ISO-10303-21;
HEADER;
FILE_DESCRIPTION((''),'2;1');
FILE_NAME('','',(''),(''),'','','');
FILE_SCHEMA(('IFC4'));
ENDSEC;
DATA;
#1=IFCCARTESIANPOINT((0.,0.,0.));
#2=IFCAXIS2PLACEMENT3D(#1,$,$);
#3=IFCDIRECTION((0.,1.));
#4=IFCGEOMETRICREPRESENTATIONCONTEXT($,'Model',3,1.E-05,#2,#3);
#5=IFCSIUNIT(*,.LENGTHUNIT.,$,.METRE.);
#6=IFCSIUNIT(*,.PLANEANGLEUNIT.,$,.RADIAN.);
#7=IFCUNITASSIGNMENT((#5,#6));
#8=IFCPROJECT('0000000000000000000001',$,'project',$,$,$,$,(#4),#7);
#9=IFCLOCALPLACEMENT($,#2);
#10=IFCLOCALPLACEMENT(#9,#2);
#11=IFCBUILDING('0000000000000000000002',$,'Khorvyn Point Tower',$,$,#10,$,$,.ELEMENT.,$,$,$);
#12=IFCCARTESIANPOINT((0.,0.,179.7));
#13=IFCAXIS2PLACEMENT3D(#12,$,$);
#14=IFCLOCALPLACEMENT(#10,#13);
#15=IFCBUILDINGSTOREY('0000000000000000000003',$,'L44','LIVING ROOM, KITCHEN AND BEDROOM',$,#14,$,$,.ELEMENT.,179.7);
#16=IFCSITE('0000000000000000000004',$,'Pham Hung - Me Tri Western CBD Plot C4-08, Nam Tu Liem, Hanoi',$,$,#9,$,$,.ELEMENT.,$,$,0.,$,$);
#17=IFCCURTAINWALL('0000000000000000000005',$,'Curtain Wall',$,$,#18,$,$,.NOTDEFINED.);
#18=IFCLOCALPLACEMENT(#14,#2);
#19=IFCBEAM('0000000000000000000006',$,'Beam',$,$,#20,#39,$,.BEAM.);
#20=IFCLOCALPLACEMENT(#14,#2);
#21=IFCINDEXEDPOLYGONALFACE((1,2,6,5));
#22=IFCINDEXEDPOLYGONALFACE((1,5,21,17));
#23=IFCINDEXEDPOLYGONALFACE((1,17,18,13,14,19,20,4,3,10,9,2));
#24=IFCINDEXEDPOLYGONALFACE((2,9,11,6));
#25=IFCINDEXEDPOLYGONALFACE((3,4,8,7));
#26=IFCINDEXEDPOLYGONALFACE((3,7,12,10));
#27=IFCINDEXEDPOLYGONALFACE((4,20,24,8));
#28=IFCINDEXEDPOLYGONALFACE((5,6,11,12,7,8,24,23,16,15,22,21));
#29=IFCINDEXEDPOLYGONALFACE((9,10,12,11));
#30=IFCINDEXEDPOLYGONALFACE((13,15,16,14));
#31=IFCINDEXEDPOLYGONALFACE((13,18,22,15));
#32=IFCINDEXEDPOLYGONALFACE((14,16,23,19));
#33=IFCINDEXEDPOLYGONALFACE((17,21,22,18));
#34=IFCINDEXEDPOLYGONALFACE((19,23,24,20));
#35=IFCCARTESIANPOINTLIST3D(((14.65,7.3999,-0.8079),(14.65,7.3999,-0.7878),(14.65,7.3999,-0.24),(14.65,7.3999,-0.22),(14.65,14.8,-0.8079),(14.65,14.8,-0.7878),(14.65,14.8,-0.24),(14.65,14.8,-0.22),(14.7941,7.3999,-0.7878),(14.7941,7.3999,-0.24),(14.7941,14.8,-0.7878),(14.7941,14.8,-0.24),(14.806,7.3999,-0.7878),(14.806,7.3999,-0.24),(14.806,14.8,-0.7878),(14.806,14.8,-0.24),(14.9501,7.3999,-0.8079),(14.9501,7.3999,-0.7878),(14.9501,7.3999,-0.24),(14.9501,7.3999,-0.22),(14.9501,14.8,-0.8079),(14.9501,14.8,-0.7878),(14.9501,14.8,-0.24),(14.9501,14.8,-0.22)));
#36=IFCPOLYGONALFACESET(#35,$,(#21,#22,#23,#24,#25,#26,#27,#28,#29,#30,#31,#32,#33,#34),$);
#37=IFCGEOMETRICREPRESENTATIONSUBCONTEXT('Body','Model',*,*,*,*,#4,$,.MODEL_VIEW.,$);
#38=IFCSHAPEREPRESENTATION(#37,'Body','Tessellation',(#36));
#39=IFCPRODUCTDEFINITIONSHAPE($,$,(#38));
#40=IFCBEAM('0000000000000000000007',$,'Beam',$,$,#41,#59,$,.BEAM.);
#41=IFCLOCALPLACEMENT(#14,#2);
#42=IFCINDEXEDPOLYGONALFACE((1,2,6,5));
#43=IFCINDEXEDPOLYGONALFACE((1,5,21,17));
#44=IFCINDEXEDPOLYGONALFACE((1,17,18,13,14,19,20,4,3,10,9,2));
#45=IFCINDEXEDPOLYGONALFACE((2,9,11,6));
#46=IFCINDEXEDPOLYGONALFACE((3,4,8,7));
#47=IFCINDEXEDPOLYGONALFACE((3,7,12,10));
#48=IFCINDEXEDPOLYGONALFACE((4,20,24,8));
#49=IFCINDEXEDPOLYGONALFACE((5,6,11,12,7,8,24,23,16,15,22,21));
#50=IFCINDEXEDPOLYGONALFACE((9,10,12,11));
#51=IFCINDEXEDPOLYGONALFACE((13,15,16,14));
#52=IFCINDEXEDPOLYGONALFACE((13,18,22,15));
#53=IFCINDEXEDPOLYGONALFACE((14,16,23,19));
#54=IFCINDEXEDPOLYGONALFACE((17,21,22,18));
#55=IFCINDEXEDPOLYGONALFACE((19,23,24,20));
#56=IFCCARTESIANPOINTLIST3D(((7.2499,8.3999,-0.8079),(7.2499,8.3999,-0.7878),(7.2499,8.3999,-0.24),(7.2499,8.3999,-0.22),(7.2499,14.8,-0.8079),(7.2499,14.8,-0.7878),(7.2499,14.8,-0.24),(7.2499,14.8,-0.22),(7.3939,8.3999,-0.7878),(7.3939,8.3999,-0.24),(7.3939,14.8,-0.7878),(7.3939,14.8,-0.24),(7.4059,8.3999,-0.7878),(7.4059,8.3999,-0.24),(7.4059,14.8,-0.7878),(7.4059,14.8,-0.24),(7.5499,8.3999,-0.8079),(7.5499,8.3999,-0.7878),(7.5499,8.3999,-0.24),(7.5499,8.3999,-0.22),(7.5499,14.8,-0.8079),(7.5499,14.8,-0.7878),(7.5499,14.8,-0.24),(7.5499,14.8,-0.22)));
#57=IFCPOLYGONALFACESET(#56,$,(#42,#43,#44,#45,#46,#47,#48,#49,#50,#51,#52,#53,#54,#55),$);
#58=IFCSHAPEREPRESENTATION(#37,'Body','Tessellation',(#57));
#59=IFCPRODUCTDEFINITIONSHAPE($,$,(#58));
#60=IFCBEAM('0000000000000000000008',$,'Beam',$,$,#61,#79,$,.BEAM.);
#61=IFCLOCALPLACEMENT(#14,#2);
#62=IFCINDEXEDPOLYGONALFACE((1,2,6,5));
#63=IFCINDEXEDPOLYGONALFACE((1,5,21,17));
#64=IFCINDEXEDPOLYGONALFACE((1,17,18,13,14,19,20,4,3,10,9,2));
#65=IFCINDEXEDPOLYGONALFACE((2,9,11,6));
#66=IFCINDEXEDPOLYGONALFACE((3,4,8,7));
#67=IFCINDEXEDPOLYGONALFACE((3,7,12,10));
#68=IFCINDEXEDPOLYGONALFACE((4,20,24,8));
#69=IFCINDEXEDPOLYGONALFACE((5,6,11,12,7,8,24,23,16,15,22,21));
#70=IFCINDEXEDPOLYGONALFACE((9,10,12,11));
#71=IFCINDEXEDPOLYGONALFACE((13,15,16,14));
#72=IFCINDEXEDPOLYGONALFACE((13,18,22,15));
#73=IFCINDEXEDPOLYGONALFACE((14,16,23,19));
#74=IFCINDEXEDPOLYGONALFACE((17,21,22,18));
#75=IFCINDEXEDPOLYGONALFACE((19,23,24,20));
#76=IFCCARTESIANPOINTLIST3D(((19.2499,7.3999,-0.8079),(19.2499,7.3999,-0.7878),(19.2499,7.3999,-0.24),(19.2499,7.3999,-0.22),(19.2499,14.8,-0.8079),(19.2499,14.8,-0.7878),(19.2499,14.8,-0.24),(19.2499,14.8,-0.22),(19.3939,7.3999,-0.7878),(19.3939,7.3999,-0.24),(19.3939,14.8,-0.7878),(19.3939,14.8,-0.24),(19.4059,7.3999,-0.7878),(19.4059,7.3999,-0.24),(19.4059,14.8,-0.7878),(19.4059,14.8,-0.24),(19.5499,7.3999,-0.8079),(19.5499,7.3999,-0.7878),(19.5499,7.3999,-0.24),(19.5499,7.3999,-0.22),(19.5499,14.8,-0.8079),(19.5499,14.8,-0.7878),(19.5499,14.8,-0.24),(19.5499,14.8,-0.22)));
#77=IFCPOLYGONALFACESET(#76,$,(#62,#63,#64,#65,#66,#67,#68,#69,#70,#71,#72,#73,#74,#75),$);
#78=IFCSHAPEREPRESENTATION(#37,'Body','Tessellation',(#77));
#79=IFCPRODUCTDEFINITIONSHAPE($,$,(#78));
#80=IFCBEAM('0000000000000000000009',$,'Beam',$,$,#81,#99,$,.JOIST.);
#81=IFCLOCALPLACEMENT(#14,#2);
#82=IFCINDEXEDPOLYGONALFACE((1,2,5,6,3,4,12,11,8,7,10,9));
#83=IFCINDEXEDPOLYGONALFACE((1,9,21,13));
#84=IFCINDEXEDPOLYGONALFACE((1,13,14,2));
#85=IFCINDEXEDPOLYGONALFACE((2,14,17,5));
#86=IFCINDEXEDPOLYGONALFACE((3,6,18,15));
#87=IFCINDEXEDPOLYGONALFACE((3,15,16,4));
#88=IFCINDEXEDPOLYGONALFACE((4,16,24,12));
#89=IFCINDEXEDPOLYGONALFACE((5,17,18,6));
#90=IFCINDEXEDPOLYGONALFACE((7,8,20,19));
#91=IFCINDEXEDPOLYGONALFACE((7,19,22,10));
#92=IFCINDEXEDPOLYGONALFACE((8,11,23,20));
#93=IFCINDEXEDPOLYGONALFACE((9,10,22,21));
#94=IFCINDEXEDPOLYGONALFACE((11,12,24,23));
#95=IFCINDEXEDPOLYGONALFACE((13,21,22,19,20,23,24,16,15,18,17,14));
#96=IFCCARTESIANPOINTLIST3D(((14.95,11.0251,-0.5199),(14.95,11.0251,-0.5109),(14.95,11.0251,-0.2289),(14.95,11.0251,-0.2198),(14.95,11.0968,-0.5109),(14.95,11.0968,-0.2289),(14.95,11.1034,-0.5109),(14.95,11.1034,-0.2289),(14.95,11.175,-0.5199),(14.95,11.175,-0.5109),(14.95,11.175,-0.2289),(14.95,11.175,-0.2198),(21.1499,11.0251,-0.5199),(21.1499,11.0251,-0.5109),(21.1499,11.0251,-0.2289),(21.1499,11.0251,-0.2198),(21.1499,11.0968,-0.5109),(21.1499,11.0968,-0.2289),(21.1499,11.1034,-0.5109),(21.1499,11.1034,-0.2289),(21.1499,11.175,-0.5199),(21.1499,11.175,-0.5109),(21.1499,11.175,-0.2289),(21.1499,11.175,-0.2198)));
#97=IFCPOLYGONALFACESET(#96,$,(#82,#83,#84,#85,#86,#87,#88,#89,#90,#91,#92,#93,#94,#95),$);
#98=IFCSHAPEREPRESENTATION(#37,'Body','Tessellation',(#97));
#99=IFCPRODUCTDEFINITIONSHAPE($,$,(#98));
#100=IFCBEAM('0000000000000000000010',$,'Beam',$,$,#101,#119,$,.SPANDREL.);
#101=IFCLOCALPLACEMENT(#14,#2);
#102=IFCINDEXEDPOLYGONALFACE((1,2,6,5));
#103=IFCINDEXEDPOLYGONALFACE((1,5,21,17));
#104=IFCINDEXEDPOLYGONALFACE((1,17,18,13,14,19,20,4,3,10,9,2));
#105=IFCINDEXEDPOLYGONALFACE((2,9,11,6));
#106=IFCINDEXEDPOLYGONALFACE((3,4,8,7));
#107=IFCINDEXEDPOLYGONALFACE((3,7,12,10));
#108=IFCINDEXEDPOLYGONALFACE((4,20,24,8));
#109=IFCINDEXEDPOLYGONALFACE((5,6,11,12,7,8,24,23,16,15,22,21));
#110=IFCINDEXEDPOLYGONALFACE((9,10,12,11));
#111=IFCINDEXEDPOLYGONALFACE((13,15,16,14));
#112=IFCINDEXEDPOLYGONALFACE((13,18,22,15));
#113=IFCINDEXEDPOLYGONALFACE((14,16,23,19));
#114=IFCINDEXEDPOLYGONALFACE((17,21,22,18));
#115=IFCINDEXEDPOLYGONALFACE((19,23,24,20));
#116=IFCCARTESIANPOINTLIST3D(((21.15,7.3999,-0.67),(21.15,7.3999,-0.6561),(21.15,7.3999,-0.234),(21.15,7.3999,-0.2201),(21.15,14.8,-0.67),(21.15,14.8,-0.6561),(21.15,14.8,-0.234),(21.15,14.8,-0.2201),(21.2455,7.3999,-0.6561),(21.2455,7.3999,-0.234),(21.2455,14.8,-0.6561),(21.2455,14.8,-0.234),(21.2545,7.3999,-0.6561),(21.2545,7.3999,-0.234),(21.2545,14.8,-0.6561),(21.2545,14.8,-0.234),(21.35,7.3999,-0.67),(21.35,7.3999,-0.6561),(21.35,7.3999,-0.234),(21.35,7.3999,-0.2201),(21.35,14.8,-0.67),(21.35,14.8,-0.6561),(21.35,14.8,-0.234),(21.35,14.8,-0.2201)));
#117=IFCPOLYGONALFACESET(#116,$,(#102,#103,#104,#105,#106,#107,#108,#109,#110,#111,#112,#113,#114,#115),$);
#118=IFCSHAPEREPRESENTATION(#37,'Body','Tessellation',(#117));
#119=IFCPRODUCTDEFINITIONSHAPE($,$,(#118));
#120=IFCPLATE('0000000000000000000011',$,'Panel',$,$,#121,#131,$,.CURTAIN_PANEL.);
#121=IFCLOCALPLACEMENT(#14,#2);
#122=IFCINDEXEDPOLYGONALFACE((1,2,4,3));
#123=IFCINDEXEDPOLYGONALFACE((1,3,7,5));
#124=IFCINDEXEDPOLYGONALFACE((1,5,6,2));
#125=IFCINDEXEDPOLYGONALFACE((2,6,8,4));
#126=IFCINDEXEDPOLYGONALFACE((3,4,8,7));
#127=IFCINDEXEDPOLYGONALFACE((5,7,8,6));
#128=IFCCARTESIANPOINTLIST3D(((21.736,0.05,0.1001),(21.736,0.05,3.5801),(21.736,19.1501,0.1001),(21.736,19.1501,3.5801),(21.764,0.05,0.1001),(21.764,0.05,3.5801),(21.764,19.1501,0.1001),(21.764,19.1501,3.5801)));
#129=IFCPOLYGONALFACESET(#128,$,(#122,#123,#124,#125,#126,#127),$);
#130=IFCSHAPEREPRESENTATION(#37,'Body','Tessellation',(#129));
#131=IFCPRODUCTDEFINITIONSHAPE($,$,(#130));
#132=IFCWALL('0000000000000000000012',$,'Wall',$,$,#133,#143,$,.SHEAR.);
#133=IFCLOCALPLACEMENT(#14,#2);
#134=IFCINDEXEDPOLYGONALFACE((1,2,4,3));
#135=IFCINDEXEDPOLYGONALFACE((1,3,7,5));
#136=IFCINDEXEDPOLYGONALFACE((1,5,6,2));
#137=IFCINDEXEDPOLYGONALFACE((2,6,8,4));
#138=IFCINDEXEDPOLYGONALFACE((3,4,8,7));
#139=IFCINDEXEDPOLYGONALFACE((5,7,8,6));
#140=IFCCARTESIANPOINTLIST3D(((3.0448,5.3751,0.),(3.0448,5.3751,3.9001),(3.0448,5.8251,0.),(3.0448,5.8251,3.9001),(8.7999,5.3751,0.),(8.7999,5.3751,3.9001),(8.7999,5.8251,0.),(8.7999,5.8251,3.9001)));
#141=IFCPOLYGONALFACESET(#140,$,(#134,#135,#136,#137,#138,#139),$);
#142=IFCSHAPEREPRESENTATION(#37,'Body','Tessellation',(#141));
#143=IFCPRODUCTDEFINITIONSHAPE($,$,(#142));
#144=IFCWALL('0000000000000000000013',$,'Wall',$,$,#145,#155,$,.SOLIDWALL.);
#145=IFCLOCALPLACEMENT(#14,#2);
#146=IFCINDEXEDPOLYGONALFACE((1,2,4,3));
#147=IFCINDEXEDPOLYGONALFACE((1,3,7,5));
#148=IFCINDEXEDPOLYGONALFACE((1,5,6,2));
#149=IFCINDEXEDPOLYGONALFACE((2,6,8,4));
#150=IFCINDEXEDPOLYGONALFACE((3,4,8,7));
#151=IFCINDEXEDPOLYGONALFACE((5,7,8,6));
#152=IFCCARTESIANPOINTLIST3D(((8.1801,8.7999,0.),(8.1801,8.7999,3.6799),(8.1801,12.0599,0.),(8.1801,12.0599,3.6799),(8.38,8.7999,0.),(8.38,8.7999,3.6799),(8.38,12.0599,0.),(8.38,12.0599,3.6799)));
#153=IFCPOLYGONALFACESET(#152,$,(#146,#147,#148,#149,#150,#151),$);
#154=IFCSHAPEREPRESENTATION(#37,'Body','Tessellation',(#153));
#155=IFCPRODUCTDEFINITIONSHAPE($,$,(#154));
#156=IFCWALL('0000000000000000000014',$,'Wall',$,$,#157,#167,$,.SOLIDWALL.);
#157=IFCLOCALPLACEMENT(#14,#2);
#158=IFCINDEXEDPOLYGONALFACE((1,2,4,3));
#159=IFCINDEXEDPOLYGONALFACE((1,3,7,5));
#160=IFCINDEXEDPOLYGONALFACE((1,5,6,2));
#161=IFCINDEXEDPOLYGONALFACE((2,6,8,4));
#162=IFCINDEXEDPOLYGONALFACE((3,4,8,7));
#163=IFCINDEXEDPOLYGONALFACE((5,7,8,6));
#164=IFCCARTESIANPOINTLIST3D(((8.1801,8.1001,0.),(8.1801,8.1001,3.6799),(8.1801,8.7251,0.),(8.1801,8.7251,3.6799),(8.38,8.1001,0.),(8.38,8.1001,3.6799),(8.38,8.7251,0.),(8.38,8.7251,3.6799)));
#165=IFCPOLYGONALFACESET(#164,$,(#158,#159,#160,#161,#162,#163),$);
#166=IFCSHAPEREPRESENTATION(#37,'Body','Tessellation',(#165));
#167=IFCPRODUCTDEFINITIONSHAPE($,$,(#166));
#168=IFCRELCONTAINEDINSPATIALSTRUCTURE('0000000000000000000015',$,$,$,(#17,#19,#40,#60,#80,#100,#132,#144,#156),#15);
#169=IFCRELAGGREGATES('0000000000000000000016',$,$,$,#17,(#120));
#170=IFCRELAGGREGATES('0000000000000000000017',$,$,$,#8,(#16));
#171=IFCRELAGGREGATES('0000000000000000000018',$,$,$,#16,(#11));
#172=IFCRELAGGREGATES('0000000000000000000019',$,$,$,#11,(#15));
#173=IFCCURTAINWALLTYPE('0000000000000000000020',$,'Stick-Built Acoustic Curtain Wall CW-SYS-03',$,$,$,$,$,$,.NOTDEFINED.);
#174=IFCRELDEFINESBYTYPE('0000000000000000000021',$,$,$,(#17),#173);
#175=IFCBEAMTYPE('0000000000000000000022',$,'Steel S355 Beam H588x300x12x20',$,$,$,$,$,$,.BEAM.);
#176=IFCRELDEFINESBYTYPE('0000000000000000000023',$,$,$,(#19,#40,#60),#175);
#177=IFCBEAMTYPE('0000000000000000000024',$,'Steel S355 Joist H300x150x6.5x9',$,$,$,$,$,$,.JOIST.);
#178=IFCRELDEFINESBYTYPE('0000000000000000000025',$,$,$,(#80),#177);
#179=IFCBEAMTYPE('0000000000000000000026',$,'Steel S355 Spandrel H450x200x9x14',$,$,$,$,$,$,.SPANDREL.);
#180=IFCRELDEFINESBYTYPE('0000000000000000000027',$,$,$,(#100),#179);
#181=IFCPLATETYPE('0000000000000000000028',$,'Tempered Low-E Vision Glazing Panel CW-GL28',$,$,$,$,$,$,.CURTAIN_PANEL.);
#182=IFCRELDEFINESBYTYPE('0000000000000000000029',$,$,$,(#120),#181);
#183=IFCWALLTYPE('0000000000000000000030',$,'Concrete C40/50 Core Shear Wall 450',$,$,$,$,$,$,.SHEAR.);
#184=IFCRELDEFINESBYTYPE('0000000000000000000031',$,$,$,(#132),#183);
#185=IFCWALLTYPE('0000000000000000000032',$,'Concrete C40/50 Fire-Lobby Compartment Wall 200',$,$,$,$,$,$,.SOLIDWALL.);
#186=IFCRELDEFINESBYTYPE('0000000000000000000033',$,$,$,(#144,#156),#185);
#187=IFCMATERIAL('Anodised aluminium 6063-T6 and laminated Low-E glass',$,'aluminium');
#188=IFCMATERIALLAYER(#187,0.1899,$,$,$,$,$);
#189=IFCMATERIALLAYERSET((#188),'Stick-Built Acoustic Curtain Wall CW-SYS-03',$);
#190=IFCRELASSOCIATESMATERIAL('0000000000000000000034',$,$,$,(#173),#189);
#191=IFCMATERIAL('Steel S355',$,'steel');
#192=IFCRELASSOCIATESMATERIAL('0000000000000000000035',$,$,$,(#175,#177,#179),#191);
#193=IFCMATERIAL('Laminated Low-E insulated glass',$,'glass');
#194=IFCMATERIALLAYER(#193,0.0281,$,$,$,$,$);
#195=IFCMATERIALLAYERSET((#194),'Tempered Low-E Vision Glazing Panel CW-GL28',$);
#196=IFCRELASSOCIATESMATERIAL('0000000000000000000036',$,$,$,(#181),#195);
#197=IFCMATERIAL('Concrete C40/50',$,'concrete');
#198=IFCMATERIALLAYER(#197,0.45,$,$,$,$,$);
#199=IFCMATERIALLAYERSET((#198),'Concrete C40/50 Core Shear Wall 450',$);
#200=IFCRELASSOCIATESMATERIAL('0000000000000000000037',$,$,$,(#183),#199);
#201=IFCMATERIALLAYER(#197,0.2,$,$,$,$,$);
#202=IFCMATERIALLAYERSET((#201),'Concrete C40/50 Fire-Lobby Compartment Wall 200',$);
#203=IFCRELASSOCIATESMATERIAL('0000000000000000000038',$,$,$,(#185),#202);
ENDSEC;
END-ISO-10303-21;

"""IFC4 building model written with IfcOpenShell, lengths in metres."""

from ifc_helpers import new_model, si_unit, direction, frame, frame_2d, origin, origin_2d, place, context, subcontext, project, spatial, rectangle, i_section, extrude, material, layer, layer_set, material_profile, profile_set, type_object, element, aggregate, save


model = new_model("IFC4")

# Units and contexts
model_context = context("Model", 3, precision=1e-05, world=origin(), true_north=direction((0.0, 1.0)))
body_context = subcontext(model_context, "Body", "Model", "MODEL_VIEW")
ifc_project = project(units=[si_unit("LENGTHUNIT", "METRE"), si_unit("PLANEANGLEUNIT", "RADIAN")], contexts=[model_context])

# Site, building, storey
site_placement = place(None, origin())
site = spatial("IfcSite", under=ifc_project, at=site_placement, Name="Pham Hung - Me Tri Western CBD Plot C4-08, Nam Tu Liem, Hanoi", CompositionType="ELEMENT", RefElevation=0.0)
building_placement = place(site_placement, origin())
building = spatial("IfcBuilding", under=site, at=building_placement, Name="Khorvyn Point Tower", CompositionType="ELEMENT")
storey_placement = place(building_placement, frame((0.0, 0.0, 179.7)))
storey = spatial("IfcBuildingStorey", under=building, at=storey_placement, Name="L44", Description="LIVING ROOM, KITCHEN AND BEDROOM", CompositionType="ELEMENT", Elevation=179.7)

# Curtain wall
ifc_material_1 = material(Name="Anodised aluminium 6063-T6 and laminated Low-E glass", Category="aluminium")
ifc_layer_1 = layer(ifc_material_1, 0.1899)
ifc_layer_set_1 = layer_set([ifc_layer_1], Name="Stick-Built Acoustic Curtain Wall CW-SYS-03")
curtain_wall_type = type_object("IfcCurtainWallType", Name="Stick-Built Acoustic Curtain Wall CW-SYS-03", PredefinedType="NOTDEFINED", material=ifc_layer_set_1)
curtain_wall_placement = place(storey_placement, origin())
curtain_wall = element("IfcCurtainWall", 1, at=curtain_wall_placement, inside=storey, type_object=curtain_wall_type, Name="Curtain Wall", PredefinedType="NOTDEFINED")

# Beams
ifc_material_2 = material(Name="Steel S355", Category="steel")
ifc_material_profile_1 = material_profile(ifc_material_2, i_section(OverallWidth=0.3, OverallDepth=0.5879, WebThickness=0.012, FlangeThickness=0.02, at=origin_2d()))
ifc_profile_set_1 = profile_set([ifc_material_profile_1], Name="Steel S355 H588x300x12x20")
beam_type_1 = type_object("IfcBeamType", Name="Steel S355 Beam H588x300x12x20", PredefinedType="BEAM", material=ifc_profile_set_1)
beam_1_placement = place(storey_placement, frame((14.8, 7.3999, -0.5139), z_axis=(0.0, 1.0, 0.0), x_axis=(-1.0, 0.0, 0.0)))
element("IfcBeam", 2, at=beam_1_placement, inside=storey, type_object=beam_type_1, Name="Beam", PredefinedType="BEAM", context=body_context, shape_type="SweptSolid", body=[
    extrude(i_section(OverallWidth=0.3, OverallDepth=0.5879, WebThickness=0.012, FlangeThickness=0.02, at=origin_2d()), origin(), (0.0, 0.0, 1.0), 7.4001),
])
beam_2_placement = place(storey_placement, frame((7.3999, 8.3999, -0.5139), z_axis=(0.0, 1.0, 0.0), x_axis=(-1.0, 0.0, 0.0)))
element("IfcBeam", 3, at=beam_2_placement, inside=storey, type_object=beam_type_1, Name="Beam", PredefinedType="BEAM", context=body_context, shape_type="SweptSolid", body=[
    extrude(i_section(OverallWidth=0.3, OverallDepth=0.5879, WebThickness=0.012, FlangeThickness=0.02, at=origin_2d()), origin(), (0.0, 0.0, 1.0), 6.4001),
])
beam_3_placement = place(storey_placement, frame((19.3999, 7.3999, -0.5139), z_axis=(0.0, 1.0, 0.0), x_axis=(-1.0, 0.0, 0.0)))
element("IfcBeam", 4, at=beam_3_placement, inside=storey, type_object=beam_type_1, Name="Beam", PredefinedType="BEAM", context=body_context, shape_type="SweptSolid", body=[
    extrude(i_section(OverallWidth=0.3, OverallDepth=0.5879, WebThickness=0.012, FlangeThickness=0.02, at=origin_2d()), origin(), (0.0, 0.0, 1.0), 7.4001),
])
ifc_material_profile_2 = material_profile(ifc_material_2, i_section(OverallWidth=0.1499, OverallDepth=0.3, WebThickness=0.0066, FlangeThickness=0.009, at=origin_2d()))
ifc_profile_set_2 = profile_set([ifc_material_profile_2], Name="Steel S355 H300x150x6.5x9")
beam_type_2 = type_object("IfcBeamType", Name="Steel S355 Joist H300x150x6.5x9", PredefinedType="JOIST", material=ifc_profile_set_2)
beam_4_placement = place(storey_placement, frame((14.95, 11.1001, -0.3699), z_axis=(1.0, 0.0, 0.0), x_axis=(0.0, 1.0, 0.0)))
element("IfcBeam", 5, at=beam_4_placement, inside=storey, type_object=beam_type_2, Name="Beam", PredefinedType="JOIST", context=body_context, shape_type="SweptSolid", body=[
    extrude(i_section(OverallWidth=0.1499, OverallDepth=0.3, WebThickness=0.0066, FlangeThickness=0.009, at=origin_2d()), origin(), (0.0, 0.0, 1.0), 6.2),
])
ifc_material_profile_3 = material_profile(ifc_material_2, i_section(OverallWidth=0.2, OverallDepth=0.45, WebThickness=0.009, FlangeThickness=0.0139, at=origin_2d()))
ifc_profile_set_3 = profile_set([ifc_material_profile_3], Name="Steel S355 H450x200x9x14")
beam_type_3 = type_object("IfcBeamType", Name="Steel S355 Spandrel H450x200x9x14", PredefinedType="SPANDREL", material=ifc_profile_set_3)
beam_5_placement = place(storey_placement, frame((21.25, 7.3999, -0.4451), z_axis=(0.0, 1.0, 0.0), x_axis=(-1.0, 0.0, 0.0)))
element("IfcBeam", 6, at=beam_5_placement, inside=storey, type_object=beam_type_3, Name="Beam", PredefinedType="SPANDREL", context=body_context, shape_type="SweptSolid", body=[
    extrude(i_section(OverallWidth=0.2, OverallDepth=0.45, WebThickness=0.009, FlangeThickness=0.0139, at=origin_2d()), origin(), (0.0, 0.0, 1.0), 7.4001),
])

# Plate
ifc_material_3 = material(Name="Laminated Low-E insulated glass", Category="glass")
ifc_layer_2 = layer(ifc_material_3, 0.0281)
ifc_layer_set_2 = layer_set([ifc_layer_2], Name="Tempered Low-E Vision Glazing Panel CW-GL28")
plate_type = type_object("IfcPlateType", Name="Tempered Low-E Vision Glazing Panel CW-GL28", PredefinedType="CURTAIN_PANEL", material=ifc_layer_set_2)
plate_placement = place(storey_placement, frame((21.75, 9.6001, 0.1001), z_axis=(0.0, 0.0, 1.0), x_axis=(0.0, -1.0, 0.0)))
plate = element("IfcPlate", 7, at=plate_placement, type_object=plate_type, Name="Panel", PredefinedType="CURTAIN_PANEL", context=body_context, shape_type="SweptSolid", body=[
    extrude(rectangle(XDim=19.1001, YDim=0.0281, at=origin_2d()), origin(), (0.0, 0.0, 1.0), 3.48),
])
aggregate(curtain_wall, [plate])

# Wall
ifc_material_4 = material(Name="Concrete C40/50", Category="concrete")
ifc_layer_3 = layer(ifc_material_4, 0.45)
ifc_layer_set_3 = layer_set([ifc_layer_3], Name="Concrete C40/50 Core Shear Wall 450")
wall_type_1 = type_object("IfcWallType", Name="Concrete C40/50 Core Shear Wall 450", PredefinedType="SHEAR", material=ifc_layer_set_3)
wall_1_placement = place(storey_placement, frame((3.0449, 5.6001, 0.0), z_axis=(0.0, 0.0, 1.0), x_axis=(1.0, 0.0, 0.0)))
element("IfcWall", 8, at=wall_1_placement, inside=storey, type_object=wall_type_1, Name="Wall", PredefinedType="SHEAR", context=body_context, shape_type="SweptSolid", body=[
    extrude(rectangle(XDim=5.7551, YDim=0.45, at=frame_2d((2.8774, 0.0))), origin(), (0.0, 0.0, 1.0), 3.9001),
])

# Shared definitions
ifc_layer_4 = layer(ifc_material_4, 0.2)
ifc_layer_set_4 = layer_set([ifc_layer_4], Name="Concrete C40/50 Fire-Lobby Compartment Wall 200")
wall_type_2 = type_object("IfcWallType", Name="Concrete C40/50 Fire-Lobby Compartment Wall 200", PredefinedType="SOLIDWALL", material=ifc_layer_set_4)

# Walls
wall_2_placement = place(storey_placement, frame((8.28, 8.8, 0.0), z_axis=(0.0, 0.0, 1.0), x_axis=(0.0, 1.0, 0.0)))
element("IfcWall", 9, at=wall_2_placement, inside=storey, type_object=wall_type_2, Name="Wall", PredefinedType="SOLIDWALL", context=body_context, shape_type="SweptSolid", body=[
    extrude(rectangle(XDim=3.26, YDim=0.2, at=frame_2d((1.6299, 0.0))), origin(), (0.0, 0.0, 1.0), 3.6799),
])
wall_3_placement = place(storey_placement, frame((8.28, 8.1001, 0.0), z_axis=(0.0, 0.0, 1.0), x_axis=(0.0, 1.0, 0.0)))
element("IfcWall", 10, at=wall_3_placement, inside=storey, type_object=wall_type_2, Name="Wall", PredefinedType="SOLIDWALL", context=body_context, shape_type="SweptSolid", body=[
    extrude(rectangle(XDim=0.625, YDim=0.2, at=frame_2d((0.3125, 0.0))), origin(), (0.0, 0.0, 1.0), 3.6799),
])

save(model, "model.ifc")
